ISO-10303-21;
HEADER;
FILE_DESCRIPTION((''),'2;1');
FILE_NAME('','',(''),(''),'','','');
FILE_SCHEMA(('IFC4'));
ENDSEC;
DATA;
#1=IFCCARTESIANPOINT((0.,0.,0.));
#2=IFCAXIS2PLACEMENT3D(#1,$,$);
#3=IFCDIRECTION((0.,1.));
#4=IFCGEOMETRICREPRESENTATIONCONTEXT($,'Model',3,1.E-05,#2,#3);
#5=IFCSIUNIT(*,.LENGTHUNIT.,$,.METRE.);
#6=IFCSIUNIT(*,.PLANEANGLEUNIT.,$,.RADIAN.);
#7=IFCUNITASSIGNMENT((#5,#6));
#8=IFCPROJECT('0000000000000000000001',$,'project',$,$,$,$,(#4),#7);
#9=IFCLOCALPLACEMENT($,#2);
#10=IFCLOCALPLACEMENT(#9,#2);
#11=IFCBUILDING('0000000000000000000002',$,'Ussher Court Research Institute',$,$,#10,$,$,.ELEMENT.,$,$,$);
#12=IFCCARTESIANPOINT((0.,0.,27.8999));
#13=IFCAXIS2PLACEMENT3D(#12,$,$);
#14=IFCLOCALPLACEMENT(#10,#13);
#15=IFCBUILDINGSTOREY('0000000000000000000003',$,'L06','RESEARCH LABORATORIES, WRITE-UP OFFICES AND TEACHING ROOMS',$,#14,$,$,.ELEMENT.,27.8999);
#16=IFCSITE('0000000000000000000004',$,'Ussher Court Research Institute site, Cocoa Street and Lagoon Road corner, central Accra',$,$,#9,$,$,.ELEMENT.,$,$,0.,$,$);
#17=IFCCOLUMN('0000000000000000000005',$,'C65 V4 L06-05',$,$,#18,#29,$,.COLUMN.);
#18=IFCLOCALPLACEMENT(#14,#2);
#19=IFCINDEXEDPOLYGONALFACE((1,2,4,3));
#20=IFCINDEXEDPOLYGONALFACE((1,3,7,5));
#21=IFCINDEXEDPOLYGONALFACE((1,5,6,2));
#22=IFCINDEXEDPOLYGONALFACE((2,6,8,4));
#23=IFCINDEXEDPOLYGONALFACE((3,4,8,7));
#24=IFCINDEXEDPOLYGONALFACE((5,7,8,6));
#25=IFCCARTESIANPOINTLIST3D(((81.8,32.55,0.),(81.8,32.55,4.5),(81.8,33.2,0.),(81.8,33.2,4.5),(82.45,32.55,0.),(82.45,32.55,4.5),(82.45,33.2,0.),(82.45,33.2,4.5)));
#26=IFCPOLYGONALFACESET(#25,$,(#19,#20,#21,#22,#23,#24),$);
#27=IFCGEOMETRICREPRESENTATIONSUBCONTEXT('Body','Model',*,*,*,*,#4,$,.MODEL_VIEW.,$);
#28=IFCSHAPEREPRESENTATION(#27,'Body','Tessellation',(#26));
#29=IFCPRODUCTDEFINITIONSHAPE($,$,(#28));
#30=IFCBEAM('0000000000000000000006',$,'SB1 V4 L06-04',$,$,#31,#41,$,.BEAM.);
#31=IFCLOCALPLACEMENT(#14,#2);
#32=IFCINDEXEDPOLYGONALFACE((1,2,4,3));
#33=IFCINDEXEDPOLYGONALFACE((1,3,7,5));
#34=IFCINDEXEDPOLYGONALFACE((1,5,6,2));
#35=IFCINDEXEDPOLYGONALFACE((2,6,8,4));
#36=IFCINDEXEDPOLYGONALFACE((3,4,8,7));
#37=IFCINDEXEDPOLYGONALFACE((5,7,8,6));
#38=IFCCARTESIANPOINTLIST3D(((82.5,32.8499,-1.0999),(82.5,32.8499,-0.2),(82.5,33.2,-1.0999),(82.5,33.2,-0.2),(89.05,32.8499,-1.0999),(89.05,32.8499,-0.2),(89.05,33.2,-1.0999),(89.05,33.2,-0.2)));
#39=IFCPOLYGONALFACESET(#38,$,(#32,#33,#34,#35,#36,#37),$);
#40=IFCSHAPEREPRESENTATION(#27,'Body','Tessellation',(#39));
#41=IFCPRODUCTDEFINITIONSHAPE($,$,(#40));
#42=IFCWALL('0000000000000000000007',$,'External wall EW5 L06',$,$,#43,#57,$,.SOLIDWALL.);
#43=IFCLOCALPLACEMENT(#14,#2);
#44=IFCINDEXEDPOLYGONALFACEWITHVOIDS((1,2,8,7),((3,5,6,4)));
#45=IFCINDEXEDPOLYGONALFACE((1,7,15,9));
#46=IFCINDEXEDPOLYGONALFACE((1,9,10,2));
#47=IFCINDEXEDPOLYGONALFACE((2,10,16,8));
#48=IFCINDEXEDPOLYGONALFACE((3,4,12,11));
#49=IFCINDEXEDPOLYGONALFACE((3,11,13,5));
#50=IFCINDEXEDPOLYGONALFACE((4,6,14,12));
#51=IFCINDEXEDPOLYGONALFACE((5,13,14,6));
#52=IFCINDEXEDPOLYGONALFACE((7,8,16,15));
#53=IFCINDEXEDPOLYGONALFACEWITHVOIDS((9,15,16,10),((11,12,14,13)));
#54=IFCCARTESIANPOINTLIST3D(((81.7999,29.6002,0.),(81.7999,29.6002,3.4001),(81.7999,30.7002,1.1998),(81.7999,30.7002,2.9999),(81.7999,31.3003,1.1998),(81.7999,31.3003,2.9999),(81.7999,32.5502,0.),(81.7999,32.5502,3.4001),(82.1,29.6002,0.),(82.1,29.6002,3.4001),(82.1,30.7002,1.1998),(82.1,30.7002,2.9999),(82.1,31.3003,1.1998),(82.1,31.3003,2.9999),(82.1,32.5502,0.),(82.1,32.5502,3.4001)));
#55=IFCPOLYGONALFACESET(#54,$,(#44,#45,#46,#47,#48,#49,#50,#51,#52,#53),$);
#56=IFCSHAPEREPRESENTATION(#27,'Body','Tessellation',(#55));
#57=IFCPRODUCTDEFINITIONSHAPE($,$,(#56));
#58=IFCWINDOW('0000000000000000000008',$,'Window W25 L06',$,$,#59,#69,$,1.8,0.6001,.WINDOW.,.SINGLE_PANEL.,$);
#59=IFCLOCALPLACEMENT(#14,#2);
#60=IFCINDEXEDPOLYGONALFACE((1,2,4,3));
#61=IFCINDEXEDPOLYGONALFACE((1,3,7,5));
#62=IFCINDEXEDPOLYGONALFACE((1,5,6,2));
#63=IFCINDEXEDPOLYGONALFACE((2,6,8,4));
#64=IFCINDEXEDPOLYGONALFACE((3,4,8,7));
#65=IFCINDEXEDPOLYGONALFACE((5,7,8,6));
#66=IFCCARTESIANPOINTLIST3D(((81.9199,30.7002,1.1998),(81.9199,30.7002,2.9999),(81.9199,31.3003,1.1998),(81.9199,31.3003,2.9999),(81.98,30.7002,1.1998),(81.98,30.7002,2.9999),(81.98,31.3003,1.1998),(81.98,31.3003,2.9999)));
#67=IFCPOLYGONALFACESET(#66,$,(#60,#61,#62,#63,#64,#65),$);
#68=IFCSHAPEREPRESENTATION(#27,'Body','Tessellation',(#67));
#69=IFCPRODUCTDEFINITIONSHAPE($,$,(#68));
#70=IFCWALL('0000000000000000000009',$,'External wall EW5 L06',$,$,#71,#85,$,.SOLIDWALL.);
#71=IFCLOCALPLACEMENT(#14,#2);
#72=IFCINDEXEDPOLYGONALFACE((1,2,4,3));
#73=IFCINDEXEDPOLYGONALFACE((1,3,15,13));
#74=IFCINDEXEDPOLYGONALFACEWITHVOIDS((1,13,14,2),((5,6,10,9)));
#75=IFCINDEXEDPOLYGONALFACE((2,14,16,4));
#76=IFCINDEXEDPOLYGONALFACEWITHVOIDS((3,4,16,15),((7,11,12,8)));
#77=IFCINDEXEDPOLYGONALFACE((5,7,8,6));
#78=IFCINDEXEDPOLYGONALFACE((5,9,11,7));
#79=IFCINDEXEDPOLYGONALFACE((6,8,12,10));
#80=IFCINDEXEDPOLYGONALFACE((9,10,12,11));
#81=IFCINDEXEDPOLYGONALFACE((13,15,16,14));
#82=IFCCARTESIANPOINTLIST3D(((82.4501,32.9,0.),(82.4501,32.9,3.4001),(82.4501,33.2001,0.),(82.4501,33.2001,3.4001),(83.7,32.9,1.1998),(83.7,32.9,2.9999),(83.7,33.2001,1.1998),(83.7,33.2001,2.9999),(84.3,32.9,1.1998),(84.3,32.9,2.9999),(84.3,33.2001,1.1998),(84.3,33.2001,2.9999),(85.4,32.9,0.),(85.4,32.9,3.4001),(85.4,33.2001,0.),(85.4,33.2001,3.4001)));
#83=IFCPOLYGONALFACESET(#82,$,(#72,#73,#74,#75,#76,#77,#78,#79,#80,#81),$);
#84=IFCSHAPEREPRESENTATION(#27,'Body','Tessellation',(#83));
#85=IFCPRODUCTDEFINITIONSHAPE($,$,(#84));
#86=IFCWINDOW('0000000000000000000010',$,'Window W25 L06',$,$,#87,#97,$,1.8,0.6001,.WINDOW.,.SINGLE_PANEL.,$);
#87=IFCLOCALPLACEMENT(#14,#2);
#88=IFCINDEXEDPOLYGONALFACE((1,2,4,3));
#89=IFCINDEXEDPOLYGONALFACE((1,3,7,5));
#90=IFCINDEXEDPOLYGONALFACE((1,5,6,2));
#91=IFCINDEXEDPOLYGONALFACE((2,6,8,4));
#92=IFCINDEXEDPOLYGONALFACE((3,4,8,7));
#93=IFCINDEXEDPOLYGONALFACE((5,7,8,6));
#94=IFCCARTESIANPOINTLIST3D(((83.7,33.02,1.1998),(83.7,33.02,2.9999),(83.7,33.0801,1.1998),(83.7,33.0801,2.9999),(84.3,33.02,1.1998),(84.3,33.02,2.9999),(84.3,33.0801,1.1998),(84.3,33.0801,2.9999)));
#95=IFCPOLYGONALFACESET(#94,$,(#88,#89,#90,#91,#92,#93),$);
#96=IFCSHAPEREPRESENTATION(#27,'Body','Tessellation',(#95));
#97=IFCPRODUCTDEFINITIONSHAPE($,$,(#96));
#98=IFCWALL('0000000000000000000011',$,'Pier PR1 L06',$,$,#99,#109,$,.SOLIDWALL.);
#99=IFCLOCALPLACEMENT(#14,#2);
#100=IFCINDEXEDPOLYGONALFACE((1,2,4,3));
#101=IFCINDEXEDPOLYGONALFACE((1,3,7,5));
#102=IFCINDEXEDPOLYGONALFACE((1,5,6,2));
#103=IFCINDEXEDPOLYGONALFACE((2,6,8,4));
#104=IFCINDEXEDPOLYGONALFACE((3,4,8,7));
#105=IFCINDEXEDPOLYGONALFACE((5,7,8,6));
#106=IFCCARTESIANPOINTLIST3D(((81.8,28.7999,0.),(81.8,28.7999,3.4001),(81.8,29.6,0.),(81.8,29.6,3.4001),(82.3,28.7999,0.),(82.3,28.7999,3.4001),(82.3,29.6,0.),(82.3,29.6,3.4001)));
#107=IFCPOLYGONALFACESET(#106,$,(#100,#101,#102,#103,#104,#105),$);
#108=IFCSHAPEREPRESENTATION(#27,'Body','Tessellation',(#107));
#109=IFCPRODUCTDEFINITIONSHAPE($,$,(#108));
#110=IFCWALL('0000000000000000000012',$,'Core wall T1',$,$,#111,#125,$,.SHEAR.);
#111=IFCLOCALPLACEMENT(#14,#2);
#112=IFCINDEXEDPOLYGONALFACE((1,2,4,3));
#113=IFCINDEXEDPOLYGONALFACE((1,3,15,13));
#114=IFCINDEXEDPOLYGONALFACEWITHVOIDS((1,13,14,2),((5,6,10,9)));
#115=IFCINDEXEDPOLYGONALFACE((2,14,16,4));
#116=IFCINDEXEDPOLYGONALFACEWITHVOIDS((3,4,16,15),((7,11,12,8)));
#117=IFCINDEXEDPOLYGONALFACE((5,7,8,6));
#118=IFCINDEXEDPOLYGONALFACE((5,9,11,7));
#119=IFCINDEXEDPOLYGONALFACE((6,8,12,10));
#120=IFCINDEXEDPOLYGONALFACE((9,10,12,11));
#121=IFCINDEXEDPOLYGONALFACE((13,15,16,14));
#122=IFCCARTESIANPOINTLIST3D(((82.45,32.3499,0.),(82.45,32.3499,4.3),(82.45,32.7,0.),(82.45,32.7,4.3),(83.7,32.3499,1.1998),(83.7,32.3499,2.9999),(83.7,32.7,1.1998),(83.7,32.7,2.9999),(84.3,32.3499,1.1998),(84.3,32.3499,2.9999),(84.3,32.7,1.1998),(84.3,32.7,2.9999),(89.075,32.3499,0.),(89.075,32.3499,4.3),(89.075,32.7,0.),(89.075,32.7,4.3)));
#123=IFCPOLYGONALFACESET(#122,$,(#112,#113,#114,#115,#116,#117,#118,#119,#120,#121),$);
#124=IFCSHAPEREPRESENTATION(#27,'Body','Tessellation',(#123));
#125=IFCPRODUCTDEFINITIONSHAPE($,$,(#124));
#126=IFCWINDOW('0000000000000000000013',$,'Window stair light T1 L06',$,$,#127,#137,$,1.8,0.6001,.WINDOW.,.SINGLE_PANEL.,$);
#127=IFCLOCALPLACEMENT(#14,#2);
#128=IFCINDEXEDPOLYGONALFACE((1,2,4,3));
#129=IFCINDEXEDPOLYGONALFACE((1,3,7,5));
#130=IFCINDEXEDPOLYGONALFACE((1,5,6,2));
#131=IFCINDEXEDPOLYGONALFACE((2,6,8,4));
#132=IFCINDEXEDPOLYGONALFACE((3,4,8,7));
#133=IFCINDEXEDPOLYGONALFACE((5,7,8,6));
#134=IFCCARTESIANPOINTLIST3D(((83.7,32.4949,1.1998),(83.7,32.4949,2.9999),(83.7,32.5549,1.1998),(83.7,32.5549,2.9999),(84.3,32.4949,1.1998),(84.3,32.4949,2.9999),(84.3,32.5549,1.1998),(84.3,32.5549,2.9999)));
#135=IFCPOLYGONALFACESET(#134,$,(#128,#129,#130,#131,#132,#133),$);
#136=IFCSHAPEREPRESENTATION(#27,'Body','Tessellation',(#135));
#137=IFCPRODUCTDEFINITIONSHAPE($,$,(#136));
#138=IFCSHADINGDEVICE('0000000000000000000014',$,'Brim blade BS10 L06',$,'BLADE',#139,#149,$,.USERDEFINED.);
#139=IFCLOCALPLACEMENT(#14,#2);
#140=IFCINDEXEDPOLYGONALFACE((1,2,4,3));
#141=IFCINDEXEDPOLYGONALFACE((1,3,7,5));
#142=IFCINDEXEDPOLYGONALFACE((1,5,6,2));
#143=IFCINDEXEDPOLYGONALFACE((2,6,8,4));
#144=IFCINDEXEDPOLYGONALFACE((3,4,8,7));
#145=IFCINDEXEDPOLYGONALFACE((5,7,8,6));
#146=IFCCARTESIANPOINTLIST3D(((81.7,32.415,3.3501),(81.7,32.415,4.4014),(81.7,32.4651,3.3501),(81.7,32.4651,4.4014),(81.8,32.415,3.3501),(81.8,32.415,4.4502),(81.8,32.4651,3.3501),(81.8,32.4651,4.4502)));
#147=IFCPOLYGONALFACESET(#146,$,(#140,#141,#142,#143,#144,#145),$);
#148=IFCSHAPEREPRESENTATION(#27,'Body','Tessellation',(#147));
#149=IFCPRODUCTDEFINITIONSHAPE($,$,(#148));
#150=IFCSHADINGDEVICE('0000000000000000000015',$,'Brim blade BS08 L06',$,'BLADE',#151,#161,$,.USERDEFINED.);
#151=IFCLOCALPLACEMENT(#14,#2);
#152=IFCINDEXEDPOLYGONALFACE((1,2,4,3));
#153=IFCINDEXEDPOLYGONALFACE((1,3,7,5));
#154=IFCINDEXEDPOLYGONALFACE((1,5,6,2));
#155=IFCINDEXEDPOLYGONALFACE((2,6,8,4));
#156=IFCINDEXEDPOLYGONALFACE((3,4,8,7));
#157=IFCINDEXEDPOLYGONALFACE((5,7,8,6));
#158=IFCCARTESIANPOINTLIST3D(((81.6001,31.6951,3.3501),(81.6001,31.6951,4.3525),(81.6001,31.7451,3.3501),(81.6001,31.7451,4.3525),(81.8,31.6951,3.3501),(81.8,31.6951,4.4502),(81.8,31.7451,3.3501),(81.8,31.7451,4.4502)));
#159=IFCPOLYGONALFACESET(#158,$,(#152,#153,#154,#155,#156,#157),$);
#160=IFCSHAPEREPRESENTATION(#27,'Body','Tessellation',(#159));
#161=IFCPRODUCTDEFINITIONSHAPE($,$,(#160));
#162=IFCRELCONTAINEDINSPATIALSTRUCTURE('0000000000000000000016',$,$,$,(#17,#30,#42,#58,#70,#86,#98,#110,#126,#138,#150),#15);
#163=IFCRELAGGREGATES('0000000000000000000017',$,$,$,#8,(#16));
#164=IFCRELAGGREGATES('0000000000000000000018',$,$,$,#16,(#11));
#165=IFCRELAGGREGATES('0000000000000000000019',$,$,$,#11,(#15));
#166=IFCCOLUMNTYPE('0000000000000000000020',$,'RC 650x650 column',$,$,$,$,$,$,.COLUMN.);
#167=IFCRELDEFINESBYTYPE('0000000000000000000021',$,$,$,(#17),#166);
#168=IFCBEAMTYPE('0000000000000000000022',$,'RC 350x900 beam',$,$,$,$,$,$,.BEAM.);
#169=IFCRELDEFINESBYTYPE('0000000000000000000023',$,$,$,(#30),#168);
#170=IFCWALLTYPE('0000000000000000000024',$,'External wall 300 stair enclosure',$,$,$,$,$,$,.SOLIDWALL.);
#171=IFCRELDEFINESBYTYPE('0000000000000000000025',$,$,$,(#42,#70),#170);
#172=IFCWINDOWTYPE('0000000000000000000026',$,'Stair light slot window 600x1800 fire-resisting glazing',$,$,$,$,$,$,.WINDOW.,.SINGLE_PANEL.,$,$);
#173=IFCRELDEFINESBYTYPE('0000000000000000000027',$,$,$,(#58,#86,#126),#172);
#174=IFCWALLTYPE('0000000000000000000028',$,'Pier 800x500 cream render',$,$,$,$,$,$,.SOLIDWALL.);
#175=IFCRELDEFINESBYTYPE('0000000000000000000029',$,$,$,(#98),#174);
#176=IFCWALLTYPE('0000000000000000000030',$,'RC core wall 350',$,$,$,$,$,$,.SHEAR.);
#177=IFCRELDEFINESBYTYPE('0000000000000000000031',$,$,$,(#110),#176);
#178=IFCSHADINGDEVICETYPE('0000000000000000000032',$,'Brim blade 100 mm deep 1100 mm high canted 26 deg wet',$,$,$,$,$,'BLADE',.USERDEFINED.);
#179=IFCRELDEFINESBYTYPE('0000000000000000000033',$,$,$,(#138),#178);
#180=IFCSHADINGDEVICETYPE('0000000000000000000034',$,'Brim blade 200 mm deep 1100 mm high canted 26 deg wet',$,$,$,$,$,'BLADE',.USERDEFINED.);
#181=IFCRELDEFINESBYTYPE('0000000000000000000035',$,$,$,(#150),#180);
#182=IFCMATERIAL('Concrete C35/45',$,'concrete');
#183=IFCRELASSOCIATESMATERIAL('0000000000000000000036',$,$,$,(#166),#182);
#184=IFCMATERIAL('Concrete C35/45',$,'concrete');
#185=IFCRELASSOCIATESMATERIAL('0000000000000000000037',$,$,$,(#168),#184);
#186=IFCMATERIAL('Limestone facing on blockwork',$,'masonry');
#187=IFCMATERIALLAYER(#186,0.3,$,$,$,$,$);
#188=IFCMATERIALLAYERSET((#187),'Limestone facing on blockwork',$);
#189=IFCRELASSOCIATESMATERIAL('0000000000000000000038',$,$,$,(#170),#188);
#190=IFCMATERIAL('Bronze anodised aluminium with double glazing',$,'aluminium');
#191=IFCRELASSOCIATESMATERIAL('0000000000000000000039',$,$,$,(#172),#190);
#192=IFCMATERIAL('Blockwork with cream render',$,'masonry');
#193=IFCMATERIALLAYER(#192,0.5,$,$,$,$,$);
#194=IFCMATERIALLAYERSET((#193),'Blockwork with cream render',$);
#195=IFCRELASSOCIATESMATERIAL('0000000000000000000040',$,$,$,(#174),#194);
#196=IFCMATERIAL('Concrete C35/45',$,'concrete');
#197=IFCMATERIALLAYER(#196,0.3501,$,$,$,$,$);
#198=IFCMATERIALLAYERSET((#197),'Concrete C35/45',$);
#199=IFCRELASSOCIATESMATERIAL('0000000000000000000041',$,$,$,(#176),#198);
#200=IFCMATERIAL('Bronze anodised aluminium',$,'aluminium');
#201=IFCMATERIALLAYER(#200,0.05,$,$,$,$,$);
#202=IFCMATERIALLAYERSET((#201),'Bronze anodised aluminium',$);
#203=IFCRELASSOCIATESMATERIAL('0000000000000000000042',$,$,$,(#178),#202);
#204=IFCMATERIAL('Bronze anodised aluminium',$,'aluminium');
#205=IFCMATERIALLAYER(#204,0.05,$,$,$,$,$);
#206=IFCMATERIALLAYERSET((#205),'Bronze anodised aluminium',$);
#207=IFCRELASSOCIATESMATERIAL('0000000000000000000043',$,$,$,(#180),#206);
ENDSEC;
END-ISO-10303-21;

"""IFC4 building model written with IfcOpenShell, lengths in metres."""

from ifc_helpers import new_model, si_unit, direction, frame, frame_2d, origin, origin_2d, place, context, subcontext, project, spatial, polyline, rectangle, outline, extrude, material, layer, layer_set, material_profile, profile_set, type_object, element, fill, save


model = new_model("IFC4")

# Units and contexts
model_context = context("Model", 3, precision=1e-05, world=origin(), true_north=direction((0.0, 1.0)))
body_context = subcontext(model_context, "Body", "Model", "MODEL_VIEW")
ifc_project = project(units=[si_unit("LENGTHUNIT", "METRE"), si_unit("PLANEANGLEUNIT", "RADIAN")], contexts=[model_context])

# Site, building, storey
site_placement = place(None, origin())
site = spatial("IfcSite", under=ifc_project, at=site_placement, Name="Ussher Court Research Institute site, Cocoa Street and Lagoon Road corner, central Accra", CompositionType="ELEMENT", RefElevation=0.0)
building_placement = place(site_placement, origin())
building = spatial("IfcBuilding", under=site, at=building_placement, Name="Ussher Court Research Institute", CompositionType="ELEMENT")
storey_placement = place(building_placement, frame((0.0, 0.0, 27.8999)))
storey = spatial("IfcBuildingStorey", under=building, at=storey_placement, Name="L06", Description="RESEARCH LABORATORIES, WRITE-UP OFFICES AND TEACHING ROOMS", CompositionType="ELEMENT", Elevation=27.8999)

# Column
ifc_material_1 = material(Name="Concrete C35/45", Category="concrete")
ifc_material_profile_1 = material_profile(ifc_material_1, rectangle(XDim=0.6499, YDim=0.6499, at=origin_2d()), Name="RC 650x650")
ifc_profile_set_1 = profile_set([ifc_material_profile_1], Name="Concrete C35/45")
column_type = type_object("IfcColumnType", Name="RC 650x650 column", PredefinedType="COLUMN", material=ifc_profile_set_1)
column_placement = place(storey_placement, frame((82.125, 32.875, 0.0), z_axis=(0.0, 0.0, 1.0), x_axis=(1.0, 0.0, 0.0)))
element("IfcColumn", 1, at=column_placement, inside=storey, type_object=column_type, Name="C65 V4 L06-05", PredefinedType="COLUMN", context=body_context, shape_type="SweptSolid", body=[
    extrude(rectangle(XDim=0.6499, YDim=0.6499, at=origin_2d()), origin(), (0.0, 0.0, 1.0), 4.5),
])

# Beam
ifc_material_2 = material(Name="Concrete C35/45", Category="concrete")
ifc_material_profile_2 = material_profile(ifc_material_2, rectangle(XDim=0.3501, YDim=0.8999, at=origin_2d()), Name="RC 350x900")
ifc_profile_set_2 = profile_set([ifc_material_profile_2], Name="Concrete C35/45")
beam_type = type_object("IfcBeamType", Name="RC 350x900 beam", PredefinedType="BEAM", material=ifc_profile_set_2)
beam_placement = place(storey_placement, frame((82.5, 33.0249, -0.6499), z_axis=(1.0, 0.0, 0.0), x_axis=(0.0, 1.0, 0.0)))
element("IfcBeam", 2, at=beam_placement, inside=storey, type_object=beam_type, Name="SB1 V4 L06-04", PredefinedType="BEAM", context=body_context, shape_type="SweptSolid", body=[
    extrude(rectangle(XDim=0.3501, YDim=0.8999, at=origin_2d()), origin(), (0.0, 0.0, 1.0), 6.55),
])

# Walls, openings, windows
ifc_material_3 = material(Name="Limestone facing on blockwork", Category="masonry")
ifc_layer_1 = layer(ifc_material_3, 0.3)
ifc_layer_set_1 = layer_set([ifc_layer_1], Name="Limestone facing on blockwork")
wall_type_1 = type_object("IfcWallType", Name="External wall 300 stair enclosure", PredefinedType="SOLIDWALL", material=ifc_layer_set_1)
wall_1_placement = place(storey_placement, frame((81.95, 29.6001, 0.0), z_axis=(0.0, 0.0, 1.0), x_axis=(0.0, 1.0, 0.0)))
wall_1 = element("IfcWall", 3, at=wall_1_placement, inside=storey, type_object=wall_type_1, Name="External wall EW5 L06", PredefinedType="SOLIDWALL", context=body_context, shape_type="SweptSolid", body=[
    extrude(rectangle(XDim=2.95, YDim=0.3, at=frame_2d((1.4751, 0.0))), origin(), (0.0, 0.0, 1.0), 3.4001),
])
opening_1_placement = place(wall_1_placement, frame((1.1001, 0.0, 1.2)))
opening_1 = element("IfcOpeningElement", 4, at=opening_1_placement, cuts=wall_1, PredefinedType="OPENING", context=body_context, shape_type="SweptSolid", body=[
    extrude(rectangle(XDim=0.6001, YDim=1.8, at=frame_2d((0.3, 0.8999))), frame((0.0, 0.1602, 0.0), z_axis=(0.0, -1.0, 0.0), x_axis=(1.0, 0.0, 0.0)), (0.0, 0.0, 1.0), 0.3201),
])
ifc_material_4 = material(Name="Bronze anodised aluminium with double glazing", Category="aluminium")
window_type = type_object("IfcWindowType", Name="Stair light slot window 600x1800 fire-resisting glazing", PartitioningType="SINGLE_PANEL", PredefinedType="WINDOW", material=ifc_material_4)
window_1_placement = place(opening_1_placement, origin())
window_1 = element("IfcWindow", 5, at=window_1_placement, inside=storey, type_object=window_type, Name="Window W25 L06", OverallHeight=1.8, OverallWidth=0.6001, PartitioningType="SINGLE_PANEL", PredefinedType="WINDOW", context=body_context, shape_type="SweptSolid", body=[
    extrude(rectangle(XDim=0.6001, YDim=1.8, at=frame_2d((0.3, 0.8999))), frame((0.0, 0.03, 0.0), z_axis=(0.0, -1.0, 0.0), x_axis=(1.0, 0.0, 0.0)), (0.0, 0.0, 1.0), 0.0601),
])
fill(opening_1, window_1)
wall_2_placement = place(storey_placement, frame((82.45, 33.05, 0.0), z_axis=(0.0, 0.0, 1.0), x_axis=(1.0, 0.0, 0.0)))
wall_2 = element("IfcWall", 6, at=wall_2_placement, inside=storey, type_object=wall_type_1, Name="External wall EW5 L06", PredefinedType="SOLIDWALL", context=body_context, shape_type="SweptSolid", body=[
    extrude(rectangle(XDim=2.95, YDim=0.3, at=frame_2d((1.4751, 0.0))), origin(), (0.0, 0.0, 1.0), 3.4001),
])
opening_2_placement = place(wall_2_placement, frame((1.25, 0.0, 1.2)))
opening_2 = element("IfcOpeningElement", 7, at=opening_2_placement, cuts=wall_2, PredefinedType="OPENING", context=body_context, shape_type="SweptSolid", body=[
    extrude(rectangle(XDim=0.6001, YDim=1.8, at=frame_2d((0.3, 0.8999))), frame((0.0, 0.1602, 0.0), z_axis=(0.0, -1.0, 0.0), x_axis=(1.0, 0.0, 0.0)), (0.0, 0.0, 1.0), 0.3201),
])
window_2_placement = place(opening_2_placement, origin())
window_2 = element("IfcWindow", 8, at=window_2_placement, inside=storey, type_object=window_type, Name="Window W25 L06", OverallHeight=1.8, OverallWidth=0.6001, PartitioningType="SINGLE_PANEL", PredefinedType="WINDOW", context=body_context, shape_type="SweptSolid", body=[
    extrude(rectangle(XDim=0.6001, YDim=1.8, at=frame_2d((0.3, 0.8999))), frame((0.0, 0.03, 0.0), z_axis=(0.0, -1.0, 0.0), x_axis=(1.0, 0.0, 0.0)), (0.0, 0.0, 1.0), 0.0601),
])
fill(opening_2, window_2)

# Wall
ifc_material_5 = material(Name="Blockwork with cream render", Category="masonry")
ifc_layer_2 = layer(ifc_material_5, 0.5)
ifc_layer_set_2 = layer_set([ifc_layer_2], Name="Blockwork with cream render")
wall_type_2 = type_object("IfcWallType", Name="Pier 800x500 cream render", PredefinedType="SOLIDWALL", material=ifc_layer_set_2)
wall_3_placement = place(storey_placement, frame((82.05, 28.8, 0.0), z_axis=(0.0, 0.0, 1.0), x_axis=(0.0, 1.0, 0.0)))
element("IfcWall", 9, at=wall_3_placement, inside=storey, type_object=wall_type_2, Name="Pier PR1 L06", PredefinedType="SOLIDWALL", context=body_context, shape_type="SweptSolid", body=[
    extrude(rectangle(XDim=0.8, YDim=0.5, at=frame_2d((0.3999, 0.0))), origin(), (0.0, 0.0, 1.0), 3.4001),
])

# Wall, opening, window
ifc_material_6 = material(Name="Concrete C35/45", Category="concrete")
ifc_layer_3 = layer(ifc_material_6, 0.3501)
ifc_layer_set_3 = layer_set([ifc_layer_3], Name="Concrete C35/45")
wall_type_3 = type_object("IfcWallType", Name="RC core wall 350", PredefinedType="SHEAR", material=ifc_layer_set_3)
wall_4_placement = place(storey_placement, frame((82.45, 32.5249, 0.0), z_axis=(0.0, 0.0, 1.0), x_axis=(1.0, 0.0, 0.0)))
wall_4 = element("IfcWall", 10, at=wall_4_placement, inside=storey, type_object=wall_type_3, Name="Core wall T1", PredefinedType="SHEAR", context=body_context, shape_type="SweptSolid", body=[
    extrude(rectangle(XDim=6.625, YDim=0.3501, at=frame_2d((3.3125, 0.0))), origin(), (0.0, 0.0, 1.0), 4.3),
])
opening_3_placement = place(wall_4_placement, frame((1.25, 0.0, 1.2)))
opening_3 = element("IfcOpeningElement", 11, at=opening_3_placement, cuts=wall_4, PredefinedType="OPENING", context=body_context, shape_type="SweptSolid", body=[
    extrude(rectangle(XDim=0.6001, YDim=1.8, at=frame_2d((0.3, 0.8999))), frame((0.0, 0.1851, 0.0), z_axis=(0.0, -1.0, 0.0), x_axis=(1.0, 0.0, 0.0)), (0.0, 0.0, 1.0), 0.3701),
])
window_3_placement = place(opening_3_placement, origin())
window_3 = element("IfcWindow", 12, at=window_3_placement, inside=storey, type_object=window_type, Name="Window stair light T1 L06", OverallHeight=1.8, OverallWidth=0.6001, PartitioningType="SINGLE_PANEL", PredefinedType="WINDOW", context=body_context, shape_type="SweptSolid", body=[
    extrude(rectangle(XDim=0.6001, YDim=1.8, at=frame_2d((0.3, 0.8999))), frame((0.0, 0.03, 0.0), z_axis=(0.0, -1.0, 0.0), x_axis=(1.0, 0.0, 0.0)), (0.0, 0.0, 1.0), 0.0601),
])
fill(opening_3, window_3)

# Shading devices
ifc_material_7 = material(Name="Bronze anodised aluminium", Category="aluminium")
ifc_layer_4 = layer(ifc_material_7, 0.05)
ifc_layer_set_4 = layer_set([ifc_layer_4], Name="Bronze anodised aluminium")
shading_device_type_1 = type_object("IfcShadingDeviceType", Name="Brim blade 100 mm deep 1100 mm high canted 26 deg wet", ElementType="BLADE", PredefinedType="USERDEFINED", material=ifc_layer_set_4)
shading_device_1_placement = place(storey_placement, frame((81.8, 32.4399, 3.3501), z_axis=(0.0, 0.0, 1.0), x_axis=(-1.0, 0.0, 0.0)))
element("IfcShadingDevice", 13, at=shading_device_1_placement, inside=storey, type_object=shading_device_type_1, Name="Brim blade BS10 L06", ObjectType="BLADE", PredefinedType="USERDEFINED", context=body_context, shape_type="SweptSolid", body=[
    extrude(outline(polyline([(0.0, 0.0), (0.1001, 0.0), (0.1001, 1.0513), (0.0, 1.1001), (0.0, 0.0)])), frame((0.0, 0.0249, 0.0), z_axis=(0.0, -1.0, 0.0), x_axis=(1.0, 0.0, 0.0)), (0.0, 0.0, 1.0), 0.05),
])
ifc_material_8 = material(Name="Bronze anodised aluminium", Category="aluminium")
ifc_layer_5 = layer(ifc_material_8, 0.05)
ifc_layer_set_5 = layer_set([ifc_layer_5], Name="Bronze anodised aluminium")
shading_device_type_2 = type_object("IfcShadingDeviceType", Name="Brim blade 200 mm deep 1100 mm high canted 26 deg wet", ElementType="BLADE", PredefinedType="USERDEFINED", material=ifc_layer_set_5)
shading_device_2_placement = place(storey_placement, frame((81.8, 31.72, 3.3501), z_axis=(0.0, 0.0, 1.0), x_axis=(-1.0, 0.0, 0.0)))
element("IfcShadingDevice", 14, at=shading_device_2_placement, inside=storey, type_object=shading_device_type_2, Name="Brim blade BS08 L06", ObjectType="BLADE", PredefinedType="USERDEFINED", context=body_context, shape_type="SweptSolid", body=[
    extrude(outline(polyline([(0.0, 0.0), (0.2, 0.0), (0.2, 1.0024), (0.0, 1.1001), (0.0, 0.0)])), frame((0.0, 0.0249, 0.0), z_axis=(0.0, -1.0, 0.0), x_axis=(1.0, 0.0, 0.0)), (0.0, 0.0, 1.0), 0.05),
])

save(model, "model.ifc")
